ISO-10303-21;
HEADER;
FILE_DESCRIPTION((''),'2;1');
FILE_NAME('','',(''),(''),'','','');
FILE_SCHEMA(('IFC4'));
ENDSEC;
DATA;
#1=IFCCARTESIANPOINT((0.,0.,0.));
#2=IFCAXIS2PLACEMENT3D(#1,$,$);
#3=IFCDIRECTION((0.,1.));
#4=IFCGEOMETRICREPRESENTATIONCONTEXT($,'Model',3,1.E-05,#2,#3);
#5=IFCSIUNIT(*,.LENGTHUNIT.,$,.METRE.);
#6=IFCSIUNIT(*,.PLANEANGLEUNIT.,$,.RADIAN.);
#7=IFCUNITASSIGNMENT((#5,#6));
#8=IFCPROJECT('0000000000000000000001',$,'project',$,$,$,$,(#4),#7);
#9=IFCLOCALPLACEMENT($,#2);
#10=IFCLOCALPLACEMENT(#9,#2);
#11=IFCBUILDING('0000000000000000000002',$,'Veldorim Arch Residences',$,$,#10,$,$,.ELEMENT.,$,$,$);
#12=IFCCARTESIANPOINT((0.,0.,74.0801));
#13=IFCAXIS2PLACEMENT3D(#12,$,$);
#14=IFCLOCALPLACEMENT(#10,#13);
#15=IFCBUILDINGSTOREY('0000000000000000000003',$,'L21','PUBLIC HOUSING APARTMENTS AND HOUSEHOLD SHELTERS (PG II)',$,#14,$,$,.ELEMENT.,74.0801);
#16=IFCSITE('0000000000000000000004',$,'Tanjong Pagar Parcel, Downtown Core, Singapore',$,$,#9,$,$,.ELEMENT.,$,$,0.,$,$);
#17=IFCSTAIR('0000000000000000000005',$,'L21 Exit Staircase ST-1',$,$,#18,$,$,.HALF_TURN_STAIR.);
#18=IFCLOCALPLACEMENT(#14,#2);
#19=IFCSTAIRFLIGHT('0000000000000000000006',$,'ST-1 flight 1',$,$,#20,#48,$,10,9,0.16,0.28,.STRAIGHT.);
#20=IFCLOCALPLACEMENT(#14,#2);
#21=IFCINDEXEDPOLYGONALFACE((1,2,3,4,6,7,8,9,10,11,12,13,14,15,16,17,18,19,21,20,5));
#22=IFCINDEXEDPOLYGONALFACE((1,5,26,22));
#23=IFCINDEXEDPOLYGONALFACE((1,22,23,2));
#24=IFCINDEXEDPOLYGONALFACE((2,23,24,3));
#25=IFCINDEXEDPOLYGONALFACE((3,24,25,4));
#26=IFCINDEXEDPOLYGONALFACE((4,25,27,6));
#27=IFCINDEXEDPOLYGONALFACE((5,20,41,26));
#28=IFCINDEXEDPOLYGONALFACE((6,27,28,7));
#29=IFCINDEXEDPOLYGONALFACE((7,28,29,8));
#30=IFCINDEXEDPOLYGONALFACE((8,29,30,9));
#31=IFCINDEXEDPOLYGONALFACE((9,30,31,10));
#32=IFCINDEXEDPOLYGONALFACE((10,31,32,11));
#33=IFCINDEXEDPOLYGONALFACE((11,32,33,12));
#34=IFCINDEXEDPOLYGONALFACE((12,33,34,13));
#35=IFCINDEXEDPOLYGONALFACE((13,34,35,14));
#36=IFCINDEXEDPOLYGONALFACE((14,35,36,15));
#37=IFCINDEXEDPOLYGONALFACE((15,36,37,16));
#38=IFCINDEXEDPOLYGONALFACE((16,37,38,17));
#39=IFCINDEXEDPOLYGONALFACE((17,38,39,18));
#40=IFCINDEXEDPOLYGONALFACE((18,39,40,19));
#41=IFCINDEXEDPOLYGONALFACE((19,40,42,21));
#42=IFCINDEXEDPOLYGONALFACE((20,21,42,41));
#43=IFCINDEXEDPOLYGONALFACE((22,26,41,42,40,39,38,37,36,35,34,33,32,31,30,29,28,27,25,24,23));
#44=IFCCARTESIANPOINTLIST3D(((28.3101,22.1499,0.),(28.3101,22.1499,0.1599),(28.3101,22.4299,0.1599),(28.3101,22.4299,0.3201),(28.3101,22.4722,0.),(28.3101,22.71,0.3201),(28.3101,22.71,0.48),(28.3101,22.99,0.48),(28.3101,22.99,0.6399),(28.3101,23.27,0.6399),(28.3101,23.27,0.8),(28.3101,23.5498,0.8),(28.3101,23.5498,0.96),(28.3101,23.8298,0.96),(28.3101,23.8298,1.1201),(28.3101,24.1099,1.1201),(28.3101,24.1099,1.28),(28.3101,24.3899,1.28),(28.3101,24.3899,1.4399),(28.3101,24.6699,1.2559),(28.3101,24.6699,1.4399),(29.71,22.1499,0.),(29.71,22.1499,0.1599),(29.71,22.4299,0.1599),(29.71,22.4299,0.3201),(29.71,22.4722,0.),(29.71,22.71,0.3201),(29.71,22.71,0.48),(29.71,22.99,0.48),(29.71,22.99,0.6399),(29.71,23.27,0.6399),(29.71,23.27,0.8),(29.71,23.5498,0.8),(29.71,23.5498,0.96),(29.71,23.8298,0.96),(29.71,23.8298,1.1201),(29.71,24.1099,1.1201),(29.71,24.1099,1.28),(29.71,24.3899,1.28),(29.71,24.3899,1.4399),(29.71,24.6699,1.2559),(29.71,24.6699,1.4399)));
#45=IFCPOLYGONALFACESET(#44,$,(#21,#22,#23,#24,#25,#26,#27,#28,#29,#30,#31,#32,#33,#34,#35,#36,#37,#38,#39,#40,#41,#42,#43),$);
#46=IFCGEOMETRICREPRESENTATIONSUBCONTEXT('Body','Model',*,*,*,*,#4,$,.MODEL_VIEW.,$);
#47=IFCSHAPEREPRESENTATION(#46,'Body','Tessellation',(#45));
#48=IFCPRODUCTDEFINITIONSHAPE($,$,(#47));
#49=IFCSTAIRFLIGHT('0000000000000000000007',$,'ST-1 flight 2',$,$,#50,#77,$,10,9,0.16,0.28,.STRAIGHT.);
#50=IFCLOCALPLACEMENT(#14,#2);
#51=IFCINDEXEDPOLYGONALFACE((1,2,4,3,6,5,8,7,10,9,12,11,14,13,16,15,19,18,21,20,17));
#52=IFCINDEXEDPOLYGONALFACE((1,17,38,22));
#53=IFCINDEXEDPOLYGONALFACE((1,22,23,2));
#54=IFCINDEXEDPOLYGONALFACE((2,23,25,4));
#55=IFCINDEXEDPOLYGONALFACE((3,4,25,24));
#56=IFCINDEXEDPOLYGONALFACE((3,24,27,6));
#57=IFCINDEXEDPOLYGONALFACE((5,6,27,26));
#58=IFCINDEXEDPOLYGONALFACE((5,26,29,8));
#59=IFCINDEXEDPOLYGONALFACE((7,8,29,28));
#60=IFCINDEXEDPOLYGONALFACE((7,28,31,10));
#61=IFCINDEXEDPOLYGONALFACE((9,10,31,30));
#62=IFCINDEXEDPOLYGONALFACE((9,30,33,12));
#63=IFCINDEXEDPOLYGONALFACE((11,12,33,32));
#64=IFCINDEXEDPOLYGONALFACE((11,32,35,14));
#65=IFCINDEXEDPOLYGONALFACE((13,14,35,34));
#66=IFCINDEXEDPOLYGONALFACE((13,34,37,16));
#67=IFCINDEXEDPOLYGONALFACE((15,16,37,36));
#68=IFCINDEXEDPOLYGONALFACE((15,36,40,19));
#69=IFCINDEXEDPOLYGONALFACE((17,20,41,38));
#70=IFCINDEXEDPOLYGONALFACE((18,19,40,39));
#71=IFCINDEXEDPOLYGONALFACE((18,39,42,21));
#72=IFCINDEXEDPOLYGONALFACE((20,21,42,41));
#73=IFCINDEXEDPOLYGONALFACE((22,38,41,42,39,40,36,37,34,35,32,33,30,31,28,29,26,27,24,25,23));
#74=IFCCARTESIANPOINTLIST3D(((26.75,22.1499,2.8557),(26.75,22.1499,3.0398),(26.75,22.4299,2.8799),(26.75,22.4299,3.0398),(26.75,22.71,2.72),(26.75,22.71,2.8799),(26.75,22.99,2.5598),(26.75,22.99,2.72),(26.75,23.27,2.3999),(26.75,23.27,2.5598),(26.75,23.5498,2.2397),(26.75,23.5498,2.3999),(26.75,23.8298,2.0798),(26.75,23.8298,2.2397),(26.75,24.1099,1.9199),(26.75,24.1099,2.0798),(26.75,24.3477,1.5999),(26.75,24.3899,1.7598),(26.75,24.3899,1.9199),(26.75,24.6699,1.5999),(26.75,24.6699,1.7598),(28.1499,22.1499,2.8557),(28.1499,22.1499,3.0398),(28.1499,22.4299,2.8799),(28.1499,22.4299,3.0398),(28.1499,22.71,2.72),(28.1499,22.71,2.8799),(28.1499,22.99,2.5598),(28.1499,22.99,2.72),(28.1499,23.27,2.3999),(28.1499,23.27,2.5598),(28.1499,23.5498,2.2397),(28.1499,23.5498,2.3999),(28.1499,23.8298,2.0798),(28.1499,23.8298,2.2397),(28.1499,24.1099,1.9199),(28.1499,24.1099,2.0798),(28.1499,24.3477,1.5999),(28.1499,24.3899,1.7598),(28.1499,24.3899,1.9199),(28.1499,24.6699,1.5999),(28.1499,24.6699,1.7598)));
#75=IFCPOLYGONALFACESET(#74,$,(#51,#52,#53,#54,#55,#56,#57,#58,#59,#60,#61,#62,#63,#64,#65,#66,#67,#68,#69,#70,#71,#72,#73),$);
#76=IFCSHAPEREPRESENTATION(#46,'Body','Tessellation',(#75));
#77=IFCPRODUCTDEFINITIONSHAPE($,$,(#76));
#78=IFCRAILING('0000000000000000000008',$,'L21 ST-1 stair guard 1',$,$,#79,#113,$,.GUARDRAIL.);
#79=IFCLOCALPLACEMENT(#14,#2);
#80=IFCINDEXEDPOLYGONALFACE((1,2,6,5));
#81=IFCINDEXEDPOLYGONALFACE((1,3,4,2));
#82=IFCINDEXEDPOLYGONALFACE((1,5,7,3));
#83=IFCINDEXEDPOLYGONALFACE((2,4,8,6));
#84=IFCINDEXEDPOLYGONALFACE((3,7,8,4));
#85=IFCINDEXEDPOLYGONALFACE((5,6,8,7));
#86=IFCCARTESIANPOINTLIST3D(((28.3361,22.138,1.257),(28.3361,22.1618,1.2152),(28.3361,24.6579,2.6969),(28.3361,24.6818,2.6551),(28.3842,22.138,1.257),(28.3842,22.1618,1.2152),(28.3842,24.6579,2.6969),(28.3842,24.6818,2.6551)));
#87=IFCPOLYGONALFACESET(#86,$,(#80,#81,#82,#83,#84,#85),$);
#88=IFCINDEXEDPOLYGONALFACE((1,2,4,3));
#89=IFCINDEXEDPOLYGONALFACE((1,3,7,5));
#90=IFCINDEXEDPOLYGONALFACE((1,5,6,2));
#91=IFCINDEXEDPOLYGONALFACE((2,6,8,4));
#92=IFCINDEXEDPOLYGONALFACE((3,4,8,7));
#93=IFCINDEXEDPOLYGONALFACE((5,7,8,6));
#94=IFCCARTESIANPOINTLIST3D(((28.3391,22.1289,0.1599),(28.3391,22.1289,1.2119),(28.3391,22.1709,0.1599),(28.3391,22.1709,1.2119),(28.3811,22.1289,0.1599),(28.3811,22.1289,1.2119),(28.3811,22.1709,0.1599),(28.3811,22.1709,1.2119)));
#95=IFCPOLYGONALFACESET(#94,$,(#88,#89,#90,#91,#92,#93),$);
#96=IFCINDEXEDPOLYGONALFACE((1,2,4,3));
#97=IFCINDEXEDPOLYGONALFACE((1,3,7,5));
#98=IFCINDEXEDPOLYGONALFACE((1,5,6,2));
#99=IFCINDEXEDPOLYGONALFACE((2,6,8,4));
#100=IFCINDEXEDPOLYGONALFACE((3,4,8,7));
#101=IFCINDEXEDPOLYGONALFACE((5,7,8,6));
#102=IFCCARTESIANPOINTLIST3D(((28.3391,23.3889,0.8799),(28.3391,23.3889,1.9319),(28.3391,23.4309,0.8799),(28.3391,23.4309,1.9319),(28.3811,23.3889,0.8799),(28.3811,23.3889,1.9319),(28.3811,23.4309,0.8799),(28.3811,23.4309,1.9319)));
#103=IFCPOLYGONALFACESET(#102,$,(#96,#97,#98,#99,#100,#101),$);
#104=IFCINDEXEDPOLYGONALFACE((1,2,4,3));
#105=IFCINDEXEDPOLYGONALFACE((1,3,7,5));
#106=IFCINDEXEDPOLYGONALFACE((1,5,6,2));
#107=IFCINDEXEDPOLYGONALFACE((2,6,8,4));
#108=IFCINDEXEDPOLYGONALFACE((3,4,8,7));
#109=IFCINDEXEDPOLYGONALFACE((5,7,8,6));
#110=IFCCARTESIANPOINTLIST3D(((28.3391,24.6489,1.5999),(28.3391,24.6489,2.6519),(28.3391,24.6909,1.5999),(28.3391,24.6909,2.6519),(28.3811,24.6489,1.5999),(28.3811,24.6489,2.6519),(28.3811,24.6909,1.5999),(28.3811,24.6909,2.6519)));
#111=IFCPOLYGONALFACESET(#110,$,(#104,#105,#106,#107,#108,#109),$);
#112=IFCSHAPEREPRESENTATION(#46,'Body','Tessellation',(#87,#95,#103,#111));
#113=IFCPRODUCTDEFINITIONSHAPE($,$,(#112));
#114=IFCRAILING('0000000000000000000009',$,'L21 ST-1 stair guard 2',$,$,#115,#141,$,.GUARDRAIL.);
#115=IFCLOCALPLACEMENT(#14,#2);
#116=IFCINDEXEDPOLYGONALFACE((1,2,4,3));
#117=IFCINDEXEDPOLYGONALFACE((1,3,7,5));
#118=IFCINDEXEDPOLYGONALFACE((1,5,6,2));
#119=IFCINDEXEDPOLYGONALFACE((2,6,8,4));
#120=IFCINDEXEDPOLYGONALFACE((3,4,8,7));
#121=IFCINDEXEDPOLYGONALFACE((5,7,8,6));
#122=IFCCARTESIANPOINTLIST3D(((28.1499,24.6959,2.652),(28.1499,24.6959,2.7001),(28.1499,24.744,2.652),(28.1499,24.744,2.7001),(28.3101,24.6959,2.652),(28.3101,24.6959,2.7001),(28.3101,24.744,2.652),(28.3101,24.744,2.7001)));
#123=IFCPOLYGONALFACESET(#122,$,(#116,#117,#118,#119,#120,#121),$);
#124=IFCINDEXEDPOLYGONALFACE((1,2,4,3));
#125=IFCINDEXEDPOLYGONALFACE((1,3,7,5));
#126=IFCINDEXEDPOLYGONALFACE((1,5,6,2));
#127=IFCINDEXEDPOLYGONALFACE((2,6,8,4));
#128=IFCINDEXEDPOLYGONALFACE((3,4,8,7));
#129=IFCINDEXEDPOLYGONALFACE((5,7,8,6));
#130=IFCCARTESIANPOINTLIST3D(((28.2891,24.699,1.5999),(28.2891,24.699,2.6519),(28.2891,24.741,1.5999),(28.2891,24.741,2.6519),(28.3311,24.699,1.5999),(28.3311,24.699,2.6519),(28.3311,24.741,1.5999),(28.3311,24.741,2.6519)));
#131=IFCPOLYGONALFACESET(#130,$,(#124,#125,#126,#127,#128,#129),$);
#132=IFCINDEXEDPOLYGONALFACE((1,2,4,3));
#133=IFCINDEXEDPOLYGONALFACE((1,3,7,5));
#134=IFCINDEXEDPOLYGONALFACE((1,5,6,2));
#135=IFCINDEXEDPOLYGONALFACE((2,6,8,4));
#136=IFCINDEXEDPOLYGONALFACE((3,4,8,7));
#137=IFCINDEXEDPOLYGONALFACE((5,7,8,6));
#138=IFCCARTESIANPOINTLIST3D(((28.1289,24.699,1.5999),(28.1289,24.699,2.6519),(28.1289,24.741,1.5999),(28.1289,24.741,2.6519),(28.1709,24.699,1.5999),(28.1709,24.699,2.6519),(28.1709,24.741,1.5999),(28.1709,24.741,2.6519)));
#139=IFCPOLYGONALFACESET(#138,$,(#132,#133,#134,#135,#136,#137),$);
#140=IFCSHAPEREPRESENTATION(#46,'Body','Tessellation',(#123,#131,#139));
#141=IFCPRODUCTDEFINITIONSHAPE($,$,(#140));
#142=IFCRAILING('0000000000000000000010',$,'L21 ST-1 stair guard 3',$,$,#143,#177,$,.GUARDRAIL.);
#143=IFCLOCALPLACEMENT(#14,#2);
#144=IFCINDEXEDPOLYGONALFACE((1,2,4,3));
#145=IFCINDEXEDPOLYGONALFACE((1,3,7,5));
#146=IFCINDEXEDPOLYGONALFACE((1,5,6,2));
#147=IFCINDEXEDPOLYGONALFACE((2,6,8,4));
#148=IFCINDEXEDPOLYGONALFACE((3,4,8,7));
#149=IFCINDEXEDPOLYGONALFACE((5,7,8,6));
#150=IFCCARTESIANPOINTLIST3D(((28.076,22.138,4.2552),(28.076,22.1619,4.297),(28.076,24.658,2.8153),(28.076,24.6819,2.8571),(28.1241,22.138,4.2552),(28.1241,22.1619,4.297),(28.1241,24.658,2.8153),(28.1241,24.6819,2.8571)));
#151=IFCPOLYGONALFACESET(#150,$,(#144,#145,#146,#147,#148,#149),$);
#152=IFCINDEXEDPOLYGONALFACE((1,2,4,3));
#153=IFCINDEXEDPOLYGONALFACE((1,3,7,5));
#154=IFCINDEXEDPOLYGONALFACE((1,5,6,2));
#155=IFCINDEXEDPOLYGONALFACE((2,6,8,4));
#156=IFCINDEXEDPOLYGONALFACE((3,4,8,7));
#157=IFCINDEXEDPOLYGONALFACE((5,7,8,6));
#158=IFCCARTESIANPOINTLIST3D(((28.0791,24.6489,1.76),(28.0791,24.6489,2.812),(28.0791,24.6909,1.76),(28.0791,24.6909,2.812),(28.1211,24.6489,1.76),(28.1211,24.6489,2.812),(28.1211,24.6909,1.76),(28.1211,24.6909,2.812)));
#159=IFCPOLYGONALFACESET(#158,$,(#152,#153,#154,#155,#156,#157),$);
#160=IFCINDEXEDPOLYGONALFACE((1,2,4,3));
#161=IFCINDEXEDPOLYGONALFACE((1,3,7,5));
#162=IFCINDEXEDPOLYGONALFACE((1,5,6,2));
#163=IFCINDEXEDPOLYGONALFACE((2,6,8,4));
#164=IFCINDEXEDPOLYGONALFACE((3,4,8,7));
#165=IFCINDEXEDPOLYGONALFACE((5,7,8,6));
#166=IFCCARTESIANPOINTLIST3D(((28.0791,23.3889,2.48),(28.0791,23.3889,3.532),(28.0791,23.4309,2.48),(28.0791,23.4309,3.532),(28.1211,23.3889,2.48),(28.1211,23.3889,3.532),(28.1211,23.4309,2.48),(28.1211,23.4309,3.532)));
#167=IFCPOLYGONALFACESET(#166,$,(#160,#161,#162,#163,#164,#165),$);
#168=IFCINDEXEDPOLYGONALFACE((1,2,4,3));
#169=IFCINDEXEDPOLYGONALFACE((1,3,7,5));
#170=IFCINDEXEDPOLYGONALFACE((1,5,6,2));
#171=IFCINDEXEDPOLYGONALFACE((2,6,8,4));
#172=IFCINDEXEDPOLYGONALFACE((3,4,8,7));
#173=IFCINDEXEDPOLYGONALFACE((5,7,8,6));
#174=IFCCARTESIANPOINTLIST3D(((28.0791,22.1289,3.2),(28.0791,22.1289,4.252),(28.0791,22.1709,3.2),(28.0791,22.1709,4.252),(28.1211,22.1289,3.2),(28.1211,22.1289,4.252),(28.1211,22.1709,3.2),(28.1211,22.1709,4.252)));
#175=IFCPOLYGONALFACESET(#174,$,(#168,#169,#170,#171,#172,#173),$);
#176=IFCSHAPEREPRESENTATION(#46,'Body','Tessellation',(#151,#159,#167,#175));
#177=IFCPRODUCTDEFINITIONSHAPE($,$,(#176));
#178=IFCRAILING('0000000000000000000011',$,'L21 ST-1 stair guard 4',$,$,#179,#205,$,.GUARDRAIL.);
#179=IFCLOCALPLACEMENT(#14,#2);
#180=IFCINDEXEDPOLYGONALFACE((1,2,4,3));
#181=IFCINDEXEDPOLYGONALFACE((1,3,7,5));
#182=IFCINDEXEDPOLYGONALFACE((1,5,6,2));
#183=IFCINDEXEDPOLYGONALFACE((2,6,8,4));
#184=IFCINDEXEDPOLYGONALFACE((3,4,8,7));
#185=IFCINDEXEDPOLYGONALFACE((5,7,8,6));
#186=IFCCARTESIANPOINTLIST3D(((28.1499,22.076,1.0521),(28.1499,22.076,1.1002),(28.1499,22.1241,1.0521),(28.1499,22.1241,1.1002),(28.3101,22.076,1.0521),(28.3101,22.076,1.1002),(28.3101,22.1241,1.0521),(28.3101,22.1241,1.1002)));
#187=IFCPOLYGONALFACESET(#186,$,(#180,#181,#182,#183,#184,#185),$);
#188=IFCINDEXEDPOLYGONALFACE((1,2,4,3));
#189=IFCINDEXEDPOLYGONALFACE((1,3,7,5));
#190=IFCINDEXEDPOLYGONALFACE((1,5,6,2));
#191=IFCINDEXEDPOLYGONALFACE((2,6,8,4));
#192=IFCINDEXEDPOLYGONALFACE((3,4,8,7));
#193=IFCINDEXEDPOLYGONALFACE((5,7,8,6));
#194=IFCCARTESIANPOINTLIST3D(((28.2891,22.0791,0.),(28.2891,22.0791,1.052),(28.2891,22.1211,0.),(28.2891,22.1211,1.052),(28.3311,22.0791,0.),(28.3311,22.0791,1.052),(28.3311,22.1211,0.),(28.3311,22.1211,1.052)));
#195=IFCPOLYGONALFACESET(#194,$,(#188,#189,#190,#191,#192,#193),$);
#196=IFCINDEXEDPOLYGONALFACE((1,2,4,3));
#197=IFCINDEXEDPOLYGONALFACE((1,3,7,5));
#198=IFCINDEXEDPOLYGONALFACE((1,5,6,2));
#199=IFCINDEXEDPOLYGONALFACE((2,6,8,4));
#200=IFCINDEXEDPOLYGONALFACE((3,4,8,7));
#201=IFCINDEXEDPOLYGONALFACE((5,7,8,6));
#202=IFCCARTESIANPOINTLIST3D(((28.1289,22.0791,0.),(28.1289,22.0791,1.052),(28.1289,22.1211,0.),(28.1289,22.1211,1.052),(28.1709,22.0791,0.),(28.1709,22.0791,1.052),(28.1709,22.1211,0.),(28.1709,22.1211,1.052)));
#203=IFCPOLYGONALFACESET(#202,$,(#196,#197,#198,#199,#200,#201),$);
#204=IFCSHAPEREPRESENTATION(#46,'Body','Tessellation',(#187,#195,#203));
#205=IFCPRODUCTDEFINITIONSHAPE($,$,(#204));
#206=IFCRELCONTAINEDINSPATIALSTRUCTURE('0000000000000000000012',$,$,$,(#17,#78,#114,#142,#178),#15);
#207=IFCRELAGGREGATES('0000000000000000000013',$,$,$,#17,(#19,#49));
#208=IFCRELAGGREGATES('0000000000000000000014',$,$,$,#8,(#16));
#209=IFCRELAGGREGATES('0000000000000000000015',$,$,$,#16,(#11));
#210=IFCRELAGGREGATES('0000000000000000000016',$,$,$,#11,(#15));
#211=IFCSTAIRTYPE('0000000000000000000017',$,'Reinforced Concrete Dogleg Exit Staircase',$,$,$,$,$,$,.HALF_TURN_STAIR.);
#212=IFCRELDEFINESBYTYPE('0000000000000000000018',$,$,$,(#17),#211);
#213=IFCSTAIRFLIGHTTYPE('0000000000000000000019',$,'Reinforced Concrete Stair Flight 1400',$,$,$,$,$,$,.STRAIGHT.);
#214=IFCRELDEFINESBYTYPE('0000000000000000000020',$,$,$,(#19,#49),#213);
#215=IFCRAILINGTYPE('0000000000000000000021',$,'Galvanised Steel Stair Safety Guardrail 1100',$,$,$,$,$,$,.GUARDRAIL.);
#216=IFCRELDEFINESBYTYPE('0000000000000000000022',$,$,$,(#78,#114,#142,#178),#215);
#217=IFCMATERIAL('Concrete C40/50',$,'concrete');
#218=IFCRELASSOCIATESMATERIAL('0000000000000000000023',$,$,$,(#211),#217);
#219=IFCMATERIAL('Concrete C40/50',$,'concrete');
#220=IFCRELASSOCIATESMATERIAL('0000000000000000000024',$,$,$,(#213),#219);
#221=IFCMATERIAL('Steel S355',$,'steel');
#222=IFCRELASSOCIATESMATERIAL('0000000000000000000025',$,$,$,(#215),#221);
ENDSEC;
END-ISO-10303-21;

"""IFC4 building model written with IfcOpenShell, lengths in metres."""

from ifc_helpers import new_model, si_unit, direction, frame, origin, origin_2d, place, context, subcontext, project, spatial, polyline, rectangle, outline, extrude, material, type_object, element, aggregate, save


model = new_model("IFC4")

# Units and contexts
model_context = context("Model", 3, precision=1e-05, world=origin(), true_north=direction((0.0, 1.0)))
body_context = subcontext(model_context, "Body", "Model", "MODEL_VIEW")
ifc_project = project(units=[si_unit("LENGTHUNIT", "METRE"), si_unit("PLANEANGLEUNIT", "RADIAN")], contexts=[model_context])

# Site, building, storey
site_placement = place(None, origin())
site = spatial("IfcSite", under=ifc_project, at=site_placement, Name="Tanjong Pagar Parcel, Downtown Core, Singapore", CompositionType="ELEMENT", RefElevation=0.0)
building_placement = place(site_placement, origin())
building = spatial("IfcBuilding", under=site, at=building_placement, Name="Veldorim Arch Residences", CompositionType="ELEMENT")
storey_placement = place(building_placement, frame((0.0, 0.0, 74.0801)))
storey = spatial("IfcBuildingStorey", under=building, at=storey_placement, Name="L21", Description="PUBLIC HOUSING APARTMENTS AND HOUSEHOLD SHELTERS (PG II)", CompositionType="ELEMENT", Elevation=74.0801)

# Stair, stair flights
ifc_material_1 = material(Name="Concrete C40/50", Category="concrete")
stair_type = type_object("IfcStairType", Name="Reinforced Concrete Dogleg Exit Staircase", PredefinedType="HALF_TURN_STAIR", material=ifc_material_1)
stair_placement = place(storey_placement, origin())
stair = element("IfcStair", 1, at=stair_placement, inside=storey, type_object=stair_type, Name="L21 Exit Staircase ST-1", PredefinedType="HALF_TURN_STAIR")
ifc_material_2 = material(Name="Concrete C40/50", Category="concrete")
stair_flight_type = type_object("IfcStairFlightType", Name="Reinforced Concrete Stair Flight 1400", PredefinedType="STRAIGHT", material=ifc_material_2)
stair_flight_1_placement = place(storey_placement, frame((29.01, 22.1499, 0.0), z_axis=(0.0, 0.0, 1.0), x_axis=(0.0, 1.0, 0.0)))
stair_flight_1 = element("IfcStairFlight", 2, at=stair_flight_1_placement, type_object=stair_flight_type, Name="ST-1 flight 1", NumberOfRisers=10, NumberOfTreads=9, PredefinedType="STRAIGHT", RiserHeight=0.16, TreadLength=0.28, context=body_context, shape_type="SweptSolid", body=[
    extrude(outline(polyline([(0.0, 0.0), (0.0, 0.1599), (0.28, 0.1599), (0.28, 0.3201), (0.5601, 0.3201), (0.5601, 0.48), (0.8401, 0.48), (0.8401, 0.6399), (1.1201, 0.6399), (1.1201, 0.8), (1.3999, 0.8), (1.3999, 0.96), (1.6799, 0.96), (1.6799, 1.1201), (1.96, 1.1201), (1.96, 1.28), (2.24, 1.28), (2.24, 1.4399), (2.52, 1.4399), (2.52, 1.6001), (2.52, 1.2559), (0.3223, 0.0), (0.0, 0.0)])), frame((0.0, 0.7, 0.0), z_axis=(0.0, -1.0, 0.0), x_axis=(1.0, 0.0, 0.0)), (0.0, 0.0, 1.0), 1.3999),
])
stair_flight_2_placement = place(storey_placement, frame((27.45, 24.6699, 1.5999), z_axis=(0.0, 0.0, 1.0), x_axis=(0.0, -1.0, 0.0)))
stair_flight_2 = element("IfcStairFlight", 3, at=stair_flight_2_placement, type_object=stair_flight_type, Name="ST-1 flight 2", NumberOfRisers=10, NumberOfTreads=9, PredefinedType="STRAIGHT", RiserHeight=0.16, TreadLength=0.28, context=body_context, shape_type="SweptSolid", body=[
    extrude(outline(polyline([(0.0, 0.0), (0.0, 0.1599), (0.28, 0.1599), (0.28, 0.3201), (0.5601, 0.3201), (0.5601, 0.48), (0.8401, 0.48), (0.8401, 0.6399), (1.1201, 0.6399), (1.1201, 0.8), (1.3999, 0.8), (1.3999, 0.96), (1.6799, 0.96), (1.6799, 1.1201), (1.96, 1.1201), (1.96, 1.28), (2.24, 1.28), (2.24, 1.4399), (2.52, 1.4399), (2.52, 1.6001), (2.52, 1.2559), (0.3223, 0.0), (0.0, 0.0)])), frame((0.0, 0.7, 0.0), z_axis=(0.0, -1.0, 0.0), x_axis=(1.0, 0.0, 0.0)), (0.0, 0.0, 1.0), 1.3999),
])
aggregate(stair, [stair_flight_1, stair_flight_2])

# Railings
ifc_material_3 = material(Name="Steel S355", Category="steel")
railing_type_1 = type_object("IfcRailingType", Name="Galvanised Steel Stair Safety Guardrail 1100", PredefinedType="GUARDRAIL", material=ifc_material_3)
railing_1_placement = place(storey_placement, frame((28.3601, 22.1499, 0.1599)))
element("IfcRailing", 4, at=railing_1_placement, inside=storey, type_object=railing_type_1, Name="L21 ST-1 stair guard 1", PredefinedType="GUARDRAIL", context=body_context, shape_type="SweptSolid", body=[
    extrude(rectangle(XDim=0.0481, YDim=0.0481, at=origin_2d()), frame((0.0, 0.0, 1.0762), z_axis=(0.0, 0.868253, 0.496121), x_axis=(-1.0, 0.0, 0.0)), (0.0, 0.0, 1.0), 2.9023),
    extrude(rectangle(XDim=0.042, YDim=0.042, at=origin_2d()), origin(), (0.0, 0.0, 1.0), 1.052),
    extrude(rectangle(XDim=0.042, YDim=0.042, at=origin_2d()), frame((0.0, 1.26, 0.72)), (0.0, 0.0, 1.0), 1.052),
    extrude(rectangle(XDim=0.042, YDim=0.042, at=origin_2d()), frame((0.0, 2.52, 1.4399)), (0.0, 0.0, 1.0), 1.052),
])
railing_2_placement = place(storey_placement, frame((28.3101, 24.72, 1.5999)))
element("IfcRailing", 5, at=railing_2_placement, inside=storey, type_object=railing_type_1, Name="L21 ST-1 stair guard 2", PredefinedType="GUARDRAIL", context=body_context, shape_type="SweptSolid", body=[
    extrude(rectangle(XDim=0.0481, YDim=0.0481, at=origin_2d()), frame((0.0, 0.0, 1.0762), z_axis=(-1.0, 0.0, 0.0), x_axis=(0.0, -1.0, 0.0)), (0.0, 0.0, 1.0), 0.1602),
    extrude(rectangle(XDim=0.042, YDim=0.042, at=origin_2d()), origin(), (0.0, 0.0, 1.0), 1.052),
    extrude(rectangle(XDim=0.042, YDim=0.042, at=origin_2d()), frame((-0.1602, 0.0, 0.0)), (0.0, 0.0, 1.0), 1.052),
])
railing_3_placement = place(storey_placement, frame((28.1001, 24.6699, 1.76)))
element("IfcRailing", 6, at=railing_3_placement, inside=storey, type_object=railing_type_1, Name="L21 ST-1 stair guard 3", PredefinedType="GUARDRAIL", context=body_context, shape_type="SweptSolid", body=[
    extrude(rectangle(XDim=0.0481, YDim=0.0481, at=origin_2d()), frame((0.0, 0.0, 1.0762), z_axis=(0.0, -0.868253, 0.496121), x_axis=(1.0, 0.0, 0.0)), (0.0, 0.0, 1.0), 2.9023),
    extrude(rectangle(XDim=0.042, YDim=0.042, at=origin_2d()), origin(), (0.0, 0.0, 1.0), 1.052),
    extrude(rectangle(XDim=0.042, YDim=0.042, at=origin_2d()), frame((0.0, -1.26, 0.72)), (0.0, 0.0, 1.0), 1.052),
    extrude(rectangle(XDim=0.042, YDim=0.042, at=origin_2d()), frame((0.0, -2.52, 1.4399)), (0.0, 0.0, 1.0), 1.052),
])
railing_4_placement = place(storey_placement, frame((28.3101, 22.1001, 0.0)))
element("IfcRailing", 7, at=railing_4_placement, inside=storey, type_object=railing_type_1, Name="L21 ST-1 stair guard 4", PredefinedType="GUARDRAIL", context=body_context, shape_type="SweptSolid", body=[
    extrude(rectangle(XDim=0.0481, YDim=0.0481, at=origin_2d()), frame((0.0, 0.0, 1.0762), z_axis=(-1.0, 0.0, 0.0), x_axis=(0.0, -1.0, 0.0)), (0.0, 0.0, 1.0), 0.1602),
    extrude(rectangle(XDim=0.042, YDim=0.042, at=origin_2d()), origin(), (0.0, 0.0, 1.0), 1.052),
    extrude(rectangle(XDim=0.042, YDim=0.042, at=origin_2d()), frame((-0.1602, 0.0, 0.0)), (0.0, 0.0, 1.0), 1.052),
])

save(model, "model.ifc")
